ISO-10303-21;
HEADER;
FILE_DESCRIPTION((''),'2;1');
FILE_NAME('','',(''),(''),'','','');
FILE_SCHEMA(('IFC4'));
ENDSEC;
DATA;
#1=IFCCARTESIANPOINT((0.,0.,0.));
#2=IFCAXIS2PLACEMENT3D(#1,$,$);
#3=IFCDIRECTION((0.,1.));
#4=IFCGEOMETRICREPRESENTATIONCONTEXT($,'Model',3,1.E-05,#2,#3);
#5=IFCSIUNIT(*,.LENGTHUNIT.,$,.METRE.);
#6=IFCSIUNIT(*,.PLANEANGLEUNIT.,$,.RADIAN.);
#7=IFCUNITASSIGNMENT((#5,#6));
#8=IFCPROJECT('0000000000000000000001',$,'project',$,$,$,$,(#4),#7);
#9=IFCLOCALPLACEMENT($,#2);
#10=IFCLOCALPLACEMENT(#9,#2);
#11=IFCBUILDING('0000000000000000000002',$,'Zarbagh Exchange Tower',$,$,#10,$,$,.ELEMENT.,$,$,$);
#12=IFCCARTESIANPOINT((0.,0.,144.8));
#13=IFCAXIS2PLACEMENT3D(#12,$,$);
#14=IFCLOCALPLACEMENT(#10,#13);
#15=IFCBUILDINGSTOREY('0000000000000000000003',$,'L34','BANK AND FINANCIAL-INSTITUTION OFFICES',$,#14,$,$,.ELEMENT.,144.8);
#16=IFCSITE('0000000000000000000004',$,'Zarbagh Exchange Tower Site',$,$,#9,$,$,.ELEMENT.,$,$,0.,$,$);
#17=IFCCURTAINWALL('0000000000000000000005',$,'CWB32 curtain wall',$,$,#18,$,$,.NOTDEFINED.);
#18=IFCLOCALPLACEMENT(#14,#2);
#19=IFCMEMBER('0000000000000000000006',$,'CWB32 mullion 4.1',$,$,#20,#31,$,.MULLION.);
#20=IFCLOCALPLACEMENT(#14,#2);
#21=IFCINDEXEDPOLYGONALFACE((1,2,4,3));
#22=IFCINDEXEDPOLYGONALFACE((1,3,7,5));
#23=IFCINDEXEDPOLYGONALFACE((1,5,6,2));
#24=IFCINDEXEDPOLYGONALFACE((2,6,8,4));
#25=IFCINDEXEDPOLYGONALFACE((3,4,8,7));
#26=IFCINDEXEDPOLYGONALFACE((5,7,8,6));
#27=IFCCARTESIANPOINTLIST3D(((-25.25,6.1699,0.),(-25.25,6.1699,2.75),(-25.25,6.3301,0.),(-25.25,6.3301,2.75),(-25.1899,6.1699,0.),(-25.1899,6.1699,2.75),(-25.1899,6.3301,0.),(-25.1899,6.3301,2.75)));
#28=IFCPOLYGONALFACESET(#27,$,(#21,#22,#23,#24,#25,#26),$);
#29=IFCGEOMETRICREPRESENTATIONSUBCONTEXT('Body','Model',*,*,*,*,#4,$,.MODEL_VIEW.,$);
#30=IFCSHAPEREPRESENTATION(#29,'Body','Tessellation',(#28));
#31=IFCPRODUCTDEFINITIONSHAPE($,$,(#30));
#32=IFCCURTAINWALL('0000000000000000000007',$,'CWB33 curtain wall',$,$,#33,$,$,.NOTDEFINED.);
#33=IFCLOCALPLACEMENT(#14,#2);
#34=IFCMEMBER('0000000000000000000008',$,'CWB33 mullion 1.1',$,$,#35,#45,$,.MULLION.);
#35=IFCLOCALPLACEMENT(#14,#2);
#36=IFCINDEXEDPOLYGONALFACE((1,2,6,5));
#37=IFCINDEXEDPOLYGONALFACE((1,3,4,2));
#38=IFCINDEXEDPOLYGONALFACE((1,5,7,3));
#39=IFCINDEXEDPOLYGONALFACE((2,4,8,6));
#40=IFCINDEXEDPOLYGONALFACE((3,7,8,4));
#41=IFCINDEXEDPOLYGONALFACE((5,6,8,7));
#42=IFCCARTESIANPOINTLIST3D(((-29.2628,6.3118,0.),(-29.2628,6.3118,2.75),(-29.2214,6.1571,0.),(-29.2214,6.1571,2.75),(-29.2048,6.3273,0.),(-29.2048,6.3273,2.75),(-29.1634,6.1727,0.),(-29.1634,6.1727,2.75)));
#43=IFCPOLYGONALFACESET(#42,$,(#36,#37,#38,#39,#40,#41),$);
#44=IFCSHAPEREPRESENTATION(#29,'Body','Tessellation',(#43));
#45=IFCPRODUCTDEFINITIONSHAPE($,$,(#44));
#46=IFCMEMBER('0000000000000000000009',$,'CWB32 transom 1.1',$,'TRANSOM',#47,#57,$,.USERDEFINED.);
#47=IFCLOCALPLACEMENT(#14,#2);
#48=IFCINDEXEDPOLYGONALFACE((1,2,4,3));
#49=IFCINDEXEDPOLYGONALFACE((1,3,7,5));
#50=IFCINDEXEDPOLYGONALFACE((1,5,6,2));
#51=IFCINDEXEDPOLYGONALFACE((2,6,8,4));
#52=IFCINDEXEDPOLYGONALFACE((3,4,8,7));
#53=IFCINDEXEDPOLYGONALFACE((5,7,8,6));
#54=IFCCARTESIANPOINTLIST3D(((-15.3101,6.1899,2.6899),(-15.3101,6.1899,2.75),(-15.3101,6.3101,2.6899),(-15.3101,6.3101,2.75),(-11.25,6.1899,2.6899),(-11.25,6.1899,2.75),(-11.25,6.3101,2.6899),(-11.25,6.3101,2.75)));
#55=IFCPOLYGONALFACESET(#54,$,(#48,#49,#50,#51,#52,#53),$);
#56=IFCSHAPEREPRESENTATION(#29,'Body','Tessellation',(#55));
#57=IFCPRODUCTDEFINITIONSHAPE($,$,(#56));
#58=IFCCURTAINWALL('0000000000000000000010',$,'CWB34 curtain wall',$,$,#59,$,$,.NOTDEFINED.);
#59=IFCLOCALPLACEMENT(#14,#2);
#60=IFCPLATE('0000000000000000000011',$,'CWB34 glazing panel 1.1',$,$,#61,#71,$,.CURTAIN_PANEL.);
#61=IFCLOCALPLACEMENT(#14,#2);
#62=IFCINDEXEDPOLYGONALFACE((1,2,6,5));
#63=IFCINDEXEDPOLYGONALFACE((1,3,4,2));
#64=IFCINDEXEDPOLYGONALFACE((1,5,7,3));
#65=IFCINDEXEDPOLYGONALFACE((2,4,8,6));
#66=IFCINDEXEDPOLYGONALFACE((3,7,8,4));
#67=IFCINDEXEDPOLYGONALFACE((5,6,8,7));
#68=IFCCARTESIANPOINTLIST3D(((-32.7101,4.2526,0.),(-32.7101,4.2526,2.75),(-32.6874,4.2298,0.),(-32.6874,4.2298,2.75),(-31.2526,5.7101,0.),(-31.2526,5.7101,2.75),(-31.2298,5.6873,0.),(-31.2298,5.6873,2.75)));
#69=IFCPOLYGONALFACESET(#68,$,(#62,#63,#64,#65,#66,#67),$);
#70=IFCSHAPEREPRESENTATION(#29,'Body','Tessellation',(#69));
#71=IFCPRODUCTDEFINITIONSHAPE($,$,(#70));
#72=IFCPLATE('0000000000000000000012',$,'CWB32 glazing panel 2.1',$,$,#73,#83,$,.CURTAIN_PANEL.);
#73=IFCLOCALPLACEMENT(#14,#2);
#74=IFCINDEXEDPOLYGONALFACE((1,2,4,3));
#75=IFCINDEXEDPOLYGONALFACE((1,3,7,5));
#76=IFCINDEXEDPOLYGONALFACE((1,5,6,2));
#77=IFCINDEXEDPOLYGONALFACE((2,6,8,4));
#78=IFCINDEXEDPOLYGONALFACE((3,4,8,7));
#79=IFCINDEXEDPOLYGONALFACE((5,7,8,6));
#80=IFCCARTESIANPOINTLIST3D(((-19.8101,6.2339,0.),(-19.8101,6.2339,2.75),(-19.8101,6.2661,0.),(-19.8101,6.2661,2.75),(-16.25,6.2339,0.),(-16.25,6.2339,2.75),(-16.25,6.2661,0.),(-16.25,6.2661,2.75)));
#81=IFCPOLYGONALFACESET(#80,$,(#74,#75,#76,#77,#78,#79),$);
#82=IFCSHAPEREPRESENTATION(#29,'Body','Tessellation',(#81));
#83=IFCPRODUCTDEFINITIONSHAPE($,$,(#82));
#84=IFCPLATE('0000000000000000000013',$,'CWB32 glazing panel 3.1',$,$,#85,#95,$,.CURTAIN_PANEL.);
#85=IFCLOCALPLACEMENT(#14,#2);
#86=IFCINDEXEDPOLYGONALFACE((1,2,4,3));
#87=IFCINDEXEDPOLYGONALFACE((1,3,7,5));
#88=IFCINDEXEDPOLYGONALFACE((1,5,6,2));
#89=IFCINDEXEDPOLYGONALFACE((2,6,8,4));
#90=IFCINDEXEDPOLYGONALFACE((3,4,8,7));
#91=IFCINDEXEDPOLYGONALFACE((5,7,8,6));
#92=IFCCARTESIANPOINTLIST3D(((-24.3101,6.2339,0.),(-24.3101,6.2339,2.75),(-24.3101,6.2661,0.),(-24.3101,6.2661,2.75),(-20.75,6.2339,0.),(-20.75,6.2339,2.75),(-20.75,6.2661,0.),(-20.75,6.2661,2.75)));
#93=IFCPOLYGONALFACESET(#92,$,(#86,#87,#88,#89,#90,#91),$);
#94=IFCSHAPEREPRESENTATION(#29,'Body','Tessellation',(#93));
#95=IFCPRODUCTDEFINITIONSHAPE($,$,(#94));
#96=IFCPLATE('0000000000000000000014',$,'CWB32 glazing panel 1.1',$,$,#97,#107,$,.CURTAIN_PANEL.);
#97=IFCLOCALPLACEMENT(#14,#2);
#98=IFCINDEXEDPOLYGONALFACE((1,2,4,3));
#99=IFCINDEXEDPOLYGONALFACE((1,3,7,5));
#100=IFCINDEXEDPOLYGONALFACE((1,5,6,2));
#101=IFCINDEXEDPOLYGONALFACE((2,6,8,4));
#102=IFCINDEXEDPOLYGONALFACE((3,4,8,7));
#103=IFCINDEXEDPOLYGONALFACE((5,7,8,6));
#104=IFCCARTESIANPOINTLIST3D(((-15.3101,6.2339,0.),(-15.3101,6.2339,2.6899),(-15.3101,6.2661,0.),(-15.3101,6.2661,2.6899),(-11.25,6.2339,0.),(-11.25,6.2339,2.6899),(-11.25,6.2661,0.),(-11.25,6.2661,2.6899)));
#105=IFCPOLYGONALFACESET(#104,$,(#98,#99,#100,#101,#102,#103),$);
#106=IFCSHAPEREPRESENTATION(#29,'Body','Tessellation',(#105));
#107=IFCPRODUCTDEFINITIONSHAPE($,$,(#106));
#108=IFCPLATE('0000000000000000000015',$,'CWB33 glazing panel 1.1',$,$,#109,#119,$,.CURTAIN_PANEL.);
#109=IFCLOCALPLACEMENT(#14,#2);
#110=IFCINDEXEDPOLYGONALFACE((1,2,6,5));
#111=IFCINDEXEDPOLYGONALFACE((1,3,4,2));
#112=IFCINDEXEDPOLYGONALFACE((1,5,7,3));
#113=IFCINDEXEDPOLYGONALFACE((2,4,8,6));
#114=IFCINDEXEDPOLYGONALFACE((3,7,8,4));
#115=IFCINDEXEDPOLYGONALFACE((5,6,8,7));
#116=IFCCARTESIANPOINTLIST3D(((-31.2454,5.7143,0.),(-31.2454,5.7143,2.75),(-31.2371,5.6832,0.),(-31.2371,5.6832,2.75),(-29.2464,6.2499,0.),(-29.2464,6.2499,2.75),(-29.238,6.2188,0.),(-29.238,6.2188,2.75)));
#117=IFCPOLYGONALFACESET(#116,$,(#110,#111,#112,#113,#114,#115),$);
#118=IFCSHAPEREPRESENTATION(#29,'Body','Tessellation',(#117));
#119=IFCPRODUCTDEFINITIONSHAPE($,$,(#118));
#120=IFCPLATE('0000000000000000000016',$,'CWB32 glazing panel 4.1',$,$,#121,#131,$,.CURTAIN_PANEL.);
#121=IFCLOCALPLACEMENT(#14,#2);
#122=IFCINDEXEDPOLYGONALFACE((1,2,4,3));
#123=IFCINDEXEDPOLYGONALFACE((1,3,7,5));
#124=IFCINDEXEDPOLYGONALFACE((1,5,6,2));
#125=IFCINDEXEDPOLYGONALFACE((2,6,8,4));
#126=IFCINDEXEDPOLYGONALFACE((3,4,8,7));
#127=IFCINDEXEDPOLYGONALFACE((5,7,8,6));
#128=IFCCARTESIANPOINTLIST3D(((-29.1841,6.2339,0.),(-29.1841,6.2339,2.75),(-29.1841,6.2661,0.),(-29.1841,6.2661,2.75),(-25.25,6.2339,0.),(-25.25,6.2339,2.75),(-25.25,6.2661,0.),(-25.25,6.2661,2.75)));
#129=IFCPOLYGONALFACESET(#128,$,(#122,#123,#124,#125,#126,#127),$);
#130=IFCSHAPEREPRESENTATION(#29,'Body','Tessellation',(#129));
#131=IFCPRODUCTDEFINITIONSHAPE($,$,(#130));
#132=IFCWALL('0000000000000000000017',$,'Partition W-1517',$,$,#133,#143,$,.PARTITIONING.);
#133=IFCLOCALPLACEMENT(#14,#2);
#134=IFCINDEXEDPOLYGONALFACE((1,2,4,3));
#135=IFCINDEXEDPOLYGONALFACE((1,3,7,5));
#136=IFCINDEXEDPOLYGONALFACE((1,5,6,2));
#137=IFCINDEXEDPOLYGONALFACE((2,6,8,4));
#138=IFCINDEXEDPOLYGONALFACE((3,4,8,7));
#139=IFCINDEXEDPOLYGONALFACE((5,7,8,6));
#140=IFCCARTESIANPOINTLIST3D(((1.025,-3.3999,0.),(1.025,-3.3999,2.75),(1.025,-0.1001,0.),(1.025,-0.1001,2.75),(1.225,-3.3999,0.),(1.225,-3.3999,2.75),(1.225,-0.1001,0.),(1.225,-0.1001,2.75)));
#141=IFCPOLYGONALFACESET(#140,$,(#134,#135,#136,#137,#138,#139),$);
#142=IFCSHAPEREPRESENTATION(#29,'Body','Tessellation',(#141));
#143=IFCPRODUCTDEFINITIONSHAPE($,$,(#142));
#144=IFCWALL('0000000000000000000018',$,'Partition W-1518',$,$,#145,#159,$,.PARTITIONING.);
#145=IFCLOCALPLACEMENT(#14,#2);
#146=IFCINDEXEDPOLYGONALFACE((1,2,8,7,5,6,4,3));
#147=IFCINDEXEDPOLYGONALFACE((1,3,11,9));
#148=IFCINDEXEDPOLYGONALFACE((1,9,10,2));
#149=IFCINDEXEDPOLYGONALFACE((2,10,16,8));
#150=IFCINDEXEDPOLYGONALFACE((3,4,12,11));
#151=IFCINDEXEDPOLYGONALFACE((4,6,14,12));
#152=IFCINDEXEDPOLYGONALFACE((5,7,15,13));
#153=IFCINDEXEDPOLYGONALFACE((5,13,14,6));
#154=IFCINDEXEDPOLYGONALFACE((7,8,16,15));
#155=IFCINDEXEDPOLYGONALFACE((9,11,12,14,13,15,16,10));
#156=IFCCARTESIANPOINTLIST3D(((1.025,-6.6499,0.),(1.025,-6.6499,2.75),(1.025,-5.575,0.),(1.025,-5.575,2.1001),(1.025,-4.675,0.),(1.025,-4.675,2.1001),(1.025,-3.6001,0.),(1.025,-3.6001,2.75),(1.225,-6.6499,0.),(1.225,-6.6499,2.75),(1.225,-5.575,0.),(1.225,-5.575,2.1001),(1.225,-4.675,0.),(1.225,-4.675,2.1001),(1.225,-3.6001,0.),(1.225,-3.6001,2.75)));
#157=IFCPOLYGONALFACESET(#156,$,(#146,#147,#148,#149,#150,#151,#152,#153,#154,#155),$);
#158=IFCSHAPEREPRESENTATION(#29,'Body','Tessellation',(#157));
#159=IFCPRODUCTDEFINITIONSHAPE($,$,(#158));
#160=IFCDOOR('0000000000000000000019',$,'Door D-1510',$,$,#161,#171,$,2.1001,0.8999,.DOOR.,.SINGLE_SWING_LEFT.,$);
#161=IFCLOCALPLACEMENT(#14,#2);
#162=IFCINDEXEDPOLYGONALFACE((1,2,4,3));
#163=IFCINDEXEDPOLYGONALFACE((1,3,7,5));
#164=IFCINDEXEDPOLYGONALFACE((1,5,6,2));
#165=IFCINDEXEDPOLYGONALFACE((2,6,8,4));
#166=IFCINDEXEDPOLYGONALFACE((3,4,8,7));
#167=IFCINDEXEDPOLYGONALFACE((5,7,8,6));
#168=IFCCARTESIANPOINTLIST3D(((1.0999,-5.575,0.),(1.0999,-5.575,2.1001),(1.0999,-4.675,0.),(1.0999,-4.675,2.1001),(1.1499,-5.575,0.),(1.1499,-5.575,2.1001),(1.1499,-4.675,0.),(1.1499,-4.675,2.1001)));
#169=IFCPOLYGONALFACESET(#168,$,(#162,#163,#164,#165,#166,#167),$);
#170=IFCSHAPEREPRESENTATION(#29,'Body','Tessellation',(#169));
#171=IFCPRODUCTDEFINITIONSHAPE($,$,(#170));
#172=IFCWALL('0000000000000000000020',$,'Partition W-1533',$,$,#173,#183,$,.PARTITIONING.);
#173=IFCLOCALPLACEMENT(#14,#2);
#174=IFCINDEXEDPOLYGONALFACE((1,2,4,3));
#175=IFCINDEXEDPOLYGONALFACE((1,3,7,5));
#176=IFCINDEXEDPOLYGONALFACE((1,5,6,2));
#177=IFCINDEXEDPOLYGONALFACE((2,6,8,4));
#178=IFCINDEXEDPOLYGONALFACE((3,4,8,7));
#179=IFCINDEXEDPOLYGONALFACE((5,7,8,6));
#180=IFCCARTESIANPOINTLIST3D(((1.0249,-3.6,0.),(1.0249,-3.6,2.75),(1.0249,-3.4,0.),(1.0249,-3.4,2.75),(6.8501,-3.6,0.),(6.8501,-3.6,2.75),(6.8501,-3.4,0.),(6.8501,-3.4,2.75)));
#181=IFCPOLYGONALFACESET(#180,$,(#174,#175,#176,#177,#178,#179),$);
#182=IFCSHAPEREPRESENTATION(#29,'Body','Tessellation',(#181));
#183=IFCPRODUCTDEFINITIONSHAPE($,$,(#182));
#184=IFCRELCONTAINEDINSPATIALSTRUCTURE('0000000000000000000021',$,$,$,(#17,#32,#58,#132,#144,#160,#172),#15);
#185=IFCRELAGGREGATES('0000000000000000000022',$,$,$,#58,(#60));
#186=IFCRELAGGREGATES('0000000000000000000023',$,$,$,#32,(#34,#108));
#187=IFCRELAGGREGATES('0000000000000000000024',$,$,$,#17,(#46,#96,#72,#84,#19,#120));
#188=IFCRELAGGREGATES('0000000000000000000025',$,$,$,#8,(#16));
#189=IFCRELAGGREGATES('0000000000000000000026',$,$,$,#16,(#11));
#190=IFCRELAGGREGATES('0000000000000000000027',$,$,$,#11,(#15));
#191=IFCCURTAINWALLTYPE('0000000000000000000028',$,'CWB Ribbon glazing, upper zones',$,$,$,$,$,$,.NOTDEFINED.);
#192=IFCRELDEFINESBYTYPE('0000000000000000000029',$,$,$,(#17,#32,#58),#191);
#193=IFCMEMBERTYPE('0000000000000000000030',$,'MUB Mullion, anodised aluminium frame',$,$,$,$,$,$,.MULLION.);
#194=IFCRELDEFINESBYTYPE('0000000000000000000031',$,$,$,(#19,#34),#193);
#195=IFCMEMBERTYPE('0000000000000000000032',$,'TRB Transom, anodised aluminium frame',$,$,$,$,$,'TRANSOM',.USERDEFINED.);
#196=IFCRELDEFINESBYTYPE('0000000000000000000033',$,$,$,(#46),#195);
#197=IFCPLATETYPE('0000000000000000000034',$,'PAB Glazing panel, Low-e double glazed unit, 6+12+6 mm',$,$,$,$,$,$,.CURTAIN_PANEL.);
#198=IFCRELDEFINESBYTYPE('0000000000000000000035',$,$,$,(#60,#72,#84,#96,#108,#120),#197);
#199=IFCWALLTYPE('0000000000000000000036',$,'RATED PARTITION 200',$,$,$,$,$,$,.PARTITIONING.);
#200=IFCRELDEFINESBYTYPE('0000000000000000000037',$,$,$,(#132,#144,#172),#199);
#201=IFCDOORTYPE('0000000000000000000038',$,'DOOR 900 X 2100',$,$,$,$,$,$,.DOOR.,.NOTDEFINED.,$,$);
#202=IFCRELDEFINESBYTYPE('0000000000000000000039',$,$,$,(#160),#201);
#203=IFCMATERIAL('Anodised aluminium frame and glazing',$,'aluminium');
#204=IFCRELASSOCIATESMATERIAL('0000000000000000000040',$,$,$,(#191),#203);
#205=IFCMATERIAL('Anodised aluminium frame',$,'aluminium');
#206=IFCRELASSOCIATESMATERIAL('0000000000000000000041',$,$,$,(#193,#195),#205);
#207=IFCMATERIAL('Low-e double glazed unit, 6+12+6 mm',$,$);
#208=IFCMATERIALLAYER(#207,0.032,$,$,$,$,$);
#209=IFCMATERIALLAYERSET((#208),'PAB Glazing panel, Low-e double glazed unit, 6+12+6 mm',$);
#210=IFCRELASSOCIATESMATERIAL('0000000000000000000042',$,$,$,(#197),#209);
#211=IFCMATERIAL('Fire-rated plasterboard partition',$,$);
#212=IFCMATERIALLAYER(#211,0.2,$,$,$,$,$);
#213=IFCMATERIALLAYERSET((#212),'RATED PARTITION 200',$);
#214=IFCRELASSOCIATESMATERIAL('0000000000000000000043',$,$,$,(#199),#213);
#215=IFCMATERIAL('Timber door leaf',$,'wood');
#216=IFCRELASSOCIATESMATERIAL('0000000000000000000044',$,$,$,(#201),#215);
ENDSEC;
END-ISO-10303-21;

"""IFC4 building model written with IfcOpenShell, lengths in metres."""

from ifc_helpers import new_model, si_unit, direction, frame, frame_2d, origin, place, context, subcontext, project, spatial, polyline, rectangle, outline, extrude, source, transform, mapped, material, layer, layer_set, type_object, element, fill, aggregate, save


model = new_model("IFC4")

# Units and contexts
model_context = context("Model", 3, precision=1e-05, world=origin(), true_north=direction((0.0, 1.0)))
body_context = subcontext(model_context, "Body", "Model", "MODEL_VIEW")
ifc_project = project(units=[si_unit("LENGTHUNIT", "METRE"), si_unit("PLANEANGLEUNIT", "RADIAN")], contexts=[model_context])

# Site, building, storey
site_placement = place(None, origin())
site = spatial("IfcSite", under=ifc_project, at=site_placement, Name="Zarbagh Exchange Tower Site", CompositionType="ELEMENT", RefElevation=0.0)
building_placement = place(site_placement, origin())
building = spatial("IfcBuilding", under=site, at=building_placement, Name="Zarbagh Exchange Tower", CompositionType="ELEMENT")
storey_placement = place(building_placement, frame((0.0, 0.0, 144.8)))
storey = spatial("IfcBuildingStorey", under=building, at=storey_placement, Name="L34", Description="BANK AND FINANCIAL-INSTITUTION OFFICES", CompositionType="ELEMENT", Elevation=144.8)

# Curtain wall, member
ifc_material_1 = material(Name="Anodised aluminium frame and glazing", Category="aluminium")
curtain_wall_type = type_object("IfcCurtainWallType", Name="CWB Ribbon glazing, upper zones", PredefinedType="NOTDEFINED", material=ifc_material_1)
curtain_wall_1_placement = place(storey_placement, origin())
curtain_wall_1 = element("IfcCurtainWall", 1, at=curtain_wall_1_placement, inside=storey, type_object=curtain_wall_type, Name="CWB32 curtain wall", PredefinedType="NOTDEFINED")
ifc_material_2 = material(Name="Anodised aluminium frame", Category="aluminium")
member_type_1 = type_object("IfcMemberType", Name="MUB Mullion, anodised aluminium frame", PredefinedType="MULLION", material=ifc_material_2)
shared_shape_1 = source(origin(), body_context, "Body", "SweptSolid", [
    extrude(outline(polyline([(0.0, -0.0801), (0.0601, -0.0801), (0.0601, 0.0801), (0.0, 0.0801), (0.0, -0.0801)])), origin(), (0.0, 0.0, 1.0), 2.75),
])
placement = place(storey_placement, origin())
member_1 = element("IfcMember", 2, at=placement, type_object=member_type_1, Name="CWB32 mullion 4.1", PredefinedType="MULLION", context=body_context, shape_type="MappedRepresentation", body=[
    mapped(shared_shape_1, transform((-25.1899, 6.25, 0.0), x_axis=(-1.0, 0.0, 0.0), y_axis=(0.0, -1.0, 0.0), z_axis=(0.0, 0.0, 1.0))),
])

# Curtain wall, member
curtain_wall_2_placement = place(storey_placement, origin())
curtain_wall_2 = element("IfcCurtainWall", 3, at=curtain_wall_2_placement, inside=storey, type_object=curtain_wall_type, Name="CWB33 curtain wall", PredefinedType="NOTDEFINED")
member_2 = element("IfcMember", 4, at=placement, type_object=member_type_1, Name="CWB33 mullion 1.1", PredefinedType="MULLION", context=body_context, shape_type="MappedRepresentation", body=[
    mapped(shared_shape_1, transform((-29.1841, 6.25, 0.0), x_axis=(-0.965924, -0.258825, 0.0), y_axis=(0.258825, -0.965924, 0.0), z_axis=(0.0, 0.0, 1.0))),
])

# Member
member_type_2 = type_object("IfcMemberType", Name="TRB Transom, anodised aluminium frame", ElementType="TRANSOM", PredefinedType="USERDEFINED", material=ifc_material_2)
shared_shape_2 = source(origin(), body_context, "Body", "SweptSolid", [
    extrude(outline(polyline([(-0.0601, -0.0601), (0.0, -0.0601), (0.0, 0.0601), (-0.0601, 0.0601), (-0.0601, -0.0601)])), origin(), (0.0, 0.0, 1.0), 4.0601),
])
member_3 = element("IfcMember", 5, at=placement, type_object=member_type_2, Name="CWB32 transom 1.1", ObjectType="TRANSOM", PredefinedType="USERDEFINED", context=body_context, shape_type="MappedRepresentation", body=[
    mapped(shared_shape_2, transform((-11.25, 6.25, 2.75), x_axis=(0.0, 0.0, 1.0), y_axis=(0.0, 1.0, 0.0), z_axis=(-1.0, 0.0, 0.0))),
])

# Curtain wall, plate
curtain_wall_3_placement = place(storey_placement, origin())
curtain_wall_3 = element("IfcCurtainWall", 6, at=curtain_wall_3_placement, inside=storey, type_object=curtain_wall_type, Name="CWB34 curtain wall", PredefinedType="NOTDEFINED")
ifc_material_3 = material(Name="Low-e double glazed unit, 6+12+6 mm")
ifc_layer_1 = layer(ifc_material_3, 0.032)
ifc_layer_set_1 = layer_set([ifc_layer_1], Name="PAB Glazing panel, Low-e double glazed unit, 6+12+6 mm")
plate_type = type_object("IfcPlateType", Name="PAB Glazing panel, Low-e double glazed unit, 6+12+6 mm", PredefinedType="CURTAIN_PANEL", material=ifc_layer_set_1)
shared_shape_3 = source(origin(), body_context, "Body", "SweptSolid", [
    extrude(outline(polyline([(0.0, -0.0161), (2.0613, -0.0161), (2.0613, 0.0161), (0.0, 0.0161), (0.0, -0.0161)])), origin(), (0.0, 0.0, 1.0), 2.75),
])
plate_1 = element("IfcPlate", 7, at=placement, type_object=plate_type, Name="CWB34 glazing panel 1.1", PredefinedType="CURTAIN_PANEL", context=body_context, shape_type="MappedRepresentation", body=[
    mapped(shared_shape_3, transform((-31.2412, 5.6987, 0.0), x_axis=(-0.707107, -0.707107, 0.0), y_axis=(0.707107, -0.707107, 0.0), z_axis=(0.0, 0.0, 1.0))),
])
aggregate(curtain_wall_3, [plate_1])

# Plates
shared_shape_4 = source(origin(), body_context, "Body", "SweptSolid", [
    extrude(outline(polyline([(0.0, -0.0161), (3.5601, -0.0161), (3.5601, 0.0161), (0.0, 0.0161), (0.0, -0.0161)])), origin(), (0.0, 0.0, 1.0), 2.75),
])
plate_2 = element("IfcPlate", 8, at=placement, type_object=plate_type, Name="CWB32 glazing panel 2.1", PredefinedType="CURTAIN_PANEL", context=body_context, shape_type="MappedRepresentation", body=[
    mapped(shared_shape_4, transform((-16.25, 6.25, 0.0), x_axis=(-1.0, 0.0, 0.0), y_axis=(0.0, -1.0, 0.0), z_axis=(0.0, 0.0, 1.0))),
])
plate_3 = element("IfcPlate", 9, at=placement, type_object=plate_type, Name="CWB32 glazing panel 3.1", PredefinedType="CURTAIN_PANEL", context=body_context, shape_type="MappedRepresentation", body=[
    mapped(shared_shape_4, transform((-20.75, 6.25, 0.0), x_axis=(-1.0, 0.0, 0.0), y_axis=(0.0, -1.0, 0.0), z_axis=(0.0, 0.0, 1.0))),
])
shared_shape_5 = source(origin(), body_context, "Body", "SweptSolid", [
    extrude(outline(polyline([(0.0, -0.0161), (4.0601, -0.0161), (4.0601, 0.0161), (0.0, 0.0161), (0.0, -0.0161)])), origin(), (0.0, 0.0, 1.0), 2.6899),
])
plate_4 = element("IfcPlate", 10, at=placement, type_object=plate_type, Name="CWB32 glazing panel 1.1", PredefinedType="CURTAIN_PANEL", context=body_context, shape_type="MappedRepresentation", body=[
    mapped(shared_shape_5, transform((-11.25, 6.25, 0.0), x_axis=(-1.0, 0.0, 0.0), y_axis=(0.0, -1.0, 0.0), z_axis=(0.0, 0.0, 1.0))),
])
shared_shape_6 = source(origin(), body_context, "Body", "SweptSolid", [
    extrude(outline(polyline([(0.0, -0.0161), (2.0696, -0.0161), (2.0696, 0.0161), (0.0, 0.0161), (0.0, -0.0161)])), origin(), (0.0, 0.0, 1.0), 2.75),
])
plate_5 = element("IfcPlate", 11, at=placement, type_object=plate_type, Name="CWB33 glazing panel 1.1", PredefinedType="CURTAIN_PANEL", context=body_context, shape_type="MappedRepresentation", body=[
    mapped(shared_shape_6, transform((-29.2422, 6.2344, 0.0), x_axis=(-0.965924, -0.258825, 0.0), y_axis=(0.258825, -0.965924, 0.0), z_axis=(0.0, 0.0, 1.0))),
])
aggregate(curtain_wall_2, [member_2, plate_5])
shared_shape_7 = source(origin(), body_context, "Body", "SweptSolid", [
    extrude(outline(polyline([(0.0, -0.0161), (3.9341, -0.0161), (3.9341, 0.0161), (0.0, 0.0161), (0.0, -0.0161)])), origin(), (0.0, 0.0, 1.0), 2.75),
])
plate_6 = element("IfcPlate", 12, at=placement, type_object=plate_type, Name="CWB32 glazing panel 4.1", PredefinedType="CURTAIN_PANEL", context=body_context, shape_type="MappedRepresentation", body=[
    mapped(shared_shape_7, transform((-25.25, 6.25, 0.0), x_axis=(-1.0, 0.0, 0.0), y_axis=(0.0, -1.0, 0.0), z_axis=(0.0, 0.0, 1.0))),
])
aggregate(curtain_wall_1, [member_3, plate_4, plate_2, plate_3, member_1, plate_6])

# Wall
ifc_material_4 = material(Name="Fire-rated plasterboard partition")
ifc_layer_2 = layer(ifc_material_4, 0.2)
ifc_layer_set_2 = layer_set([ifc_layer_2], Name="RATED PARTITION 200")
wall_type = type_object("IfcWallType", Name="RATED PARTITION 200", PredefinedType="PARTITIONING", material=ifc_layer_set_2)
wall_1_placement = place(storey_placement, frame((1.125, -3.3999, 0.0), z_axis=(0.0, 0.0, 1.0), x_axis=(0.0, 1.0, 0.0)))
element("IfcWall", 13, at=wall_1_placement, inside=storey, type_object=wall_type, Name="Partition W-1517", PredefinedType="PARTITIONING", context=body_context, shape_type="SweptSolid", body=[
    extrude(rectangle(XDim=3.2998, YDim=0.2, at=frame_2d((1.6499, 0.0))), origin(), (0.0, 0.0, 1.0), 2.75),
])

# Wall, opening, door
wall_2_placement = place(storey_placement, frame((1.125, -3.6001, 0.0), z_axis=(0.0, 0.0, 1.0), x_axis=(0.0, -1.0, 0.0)))
wall_2 = element("IfcWall", 14, at=wall_2_placement, inside=storey, type_object=wall_type, Name="Partition W-1518", PredefinedType="PARTITIONING", context=body_context, shape_type="SweptSolid", body=[
    extrude(rectangle(XDim=3.0498, YDim=0.2, at=frame_2d((1.5249, 0.0))), origin(), (0.0, 0.0, 1.0), 2.75),
])
opening_placement = place(wall_2_placement, frame((1.075, 0.0, 0.0)))
opening = element("IfcOpeningElement", 15, at=opening_placement, cuts=wall_2, PredefinedType="OPENING", context=body_context, shape_type="SweptSolid", body=[
    extrude(rectangle(XDim=0.8999, YDim=2.1001, at=frame_2d((0.45, 1.05))), frame((0.0, 0.1099, 0.0), z_axis=(0.0, -1.0, 0.0), x_axis=(1.0, 0.0, 0.0)), (0.0, 0.0, 1.0), 0.22),
])
ifc_material_5 = material(Name="Timber door leaf", Category="wood")
door_type = type_object("IfcDoorType", Name="DOOR 900 X 2100", OperationType="NOTDEFINED", PredefinedType="DOOR", material=ifc_material_5)
door_placement = place(opening_placement, origin())
door = element("IfcDoor", 16, at=door_placement, inside=storey, type_object=door_type, Name="Door D-1510", OperationType="SINGLE_SWING_LEFT", OverallHeight=2.1001, OverallWidth=0.8999, PredefinedType="DOOR", context=body_context, shape_type="SweptSolid", body=[
    extrude(rectangle(XDim=0.8999, YDim=2.1001, at=frame_2d((0.45, 1.05))), frame((0.0, 0.0249, 0.0), z_axis=(0.0, -1.0, 0.0), x_axis=(1.0, 0.0, 0.0)), (0.0, 0.0, 1.0), 0.05),
])
fill(opening, door)

# Wall
wall_3_placement = place(storey_placement, frame((1.0249, -3.5, 0.0), z_axis=(0.0, 0.0, 1.0), x_axis=(1.0, 0.0, 0.0)))
element("IfcWall", 17, at=wall_3_placement, inside=storey, type_object=wall_type, Name="Partition W-1533", PredefinedType="PARTITIONING", context=body_context, shape_type="SweptSolid", body=[
    extrude(rectangle(XDim=5.8252, YDim=0.2, at=frame_2d((2.9126, 0.0))), origin(), (0.0, 0.0, 1.0), 2.75),
])

save(model, "model.ifc")
